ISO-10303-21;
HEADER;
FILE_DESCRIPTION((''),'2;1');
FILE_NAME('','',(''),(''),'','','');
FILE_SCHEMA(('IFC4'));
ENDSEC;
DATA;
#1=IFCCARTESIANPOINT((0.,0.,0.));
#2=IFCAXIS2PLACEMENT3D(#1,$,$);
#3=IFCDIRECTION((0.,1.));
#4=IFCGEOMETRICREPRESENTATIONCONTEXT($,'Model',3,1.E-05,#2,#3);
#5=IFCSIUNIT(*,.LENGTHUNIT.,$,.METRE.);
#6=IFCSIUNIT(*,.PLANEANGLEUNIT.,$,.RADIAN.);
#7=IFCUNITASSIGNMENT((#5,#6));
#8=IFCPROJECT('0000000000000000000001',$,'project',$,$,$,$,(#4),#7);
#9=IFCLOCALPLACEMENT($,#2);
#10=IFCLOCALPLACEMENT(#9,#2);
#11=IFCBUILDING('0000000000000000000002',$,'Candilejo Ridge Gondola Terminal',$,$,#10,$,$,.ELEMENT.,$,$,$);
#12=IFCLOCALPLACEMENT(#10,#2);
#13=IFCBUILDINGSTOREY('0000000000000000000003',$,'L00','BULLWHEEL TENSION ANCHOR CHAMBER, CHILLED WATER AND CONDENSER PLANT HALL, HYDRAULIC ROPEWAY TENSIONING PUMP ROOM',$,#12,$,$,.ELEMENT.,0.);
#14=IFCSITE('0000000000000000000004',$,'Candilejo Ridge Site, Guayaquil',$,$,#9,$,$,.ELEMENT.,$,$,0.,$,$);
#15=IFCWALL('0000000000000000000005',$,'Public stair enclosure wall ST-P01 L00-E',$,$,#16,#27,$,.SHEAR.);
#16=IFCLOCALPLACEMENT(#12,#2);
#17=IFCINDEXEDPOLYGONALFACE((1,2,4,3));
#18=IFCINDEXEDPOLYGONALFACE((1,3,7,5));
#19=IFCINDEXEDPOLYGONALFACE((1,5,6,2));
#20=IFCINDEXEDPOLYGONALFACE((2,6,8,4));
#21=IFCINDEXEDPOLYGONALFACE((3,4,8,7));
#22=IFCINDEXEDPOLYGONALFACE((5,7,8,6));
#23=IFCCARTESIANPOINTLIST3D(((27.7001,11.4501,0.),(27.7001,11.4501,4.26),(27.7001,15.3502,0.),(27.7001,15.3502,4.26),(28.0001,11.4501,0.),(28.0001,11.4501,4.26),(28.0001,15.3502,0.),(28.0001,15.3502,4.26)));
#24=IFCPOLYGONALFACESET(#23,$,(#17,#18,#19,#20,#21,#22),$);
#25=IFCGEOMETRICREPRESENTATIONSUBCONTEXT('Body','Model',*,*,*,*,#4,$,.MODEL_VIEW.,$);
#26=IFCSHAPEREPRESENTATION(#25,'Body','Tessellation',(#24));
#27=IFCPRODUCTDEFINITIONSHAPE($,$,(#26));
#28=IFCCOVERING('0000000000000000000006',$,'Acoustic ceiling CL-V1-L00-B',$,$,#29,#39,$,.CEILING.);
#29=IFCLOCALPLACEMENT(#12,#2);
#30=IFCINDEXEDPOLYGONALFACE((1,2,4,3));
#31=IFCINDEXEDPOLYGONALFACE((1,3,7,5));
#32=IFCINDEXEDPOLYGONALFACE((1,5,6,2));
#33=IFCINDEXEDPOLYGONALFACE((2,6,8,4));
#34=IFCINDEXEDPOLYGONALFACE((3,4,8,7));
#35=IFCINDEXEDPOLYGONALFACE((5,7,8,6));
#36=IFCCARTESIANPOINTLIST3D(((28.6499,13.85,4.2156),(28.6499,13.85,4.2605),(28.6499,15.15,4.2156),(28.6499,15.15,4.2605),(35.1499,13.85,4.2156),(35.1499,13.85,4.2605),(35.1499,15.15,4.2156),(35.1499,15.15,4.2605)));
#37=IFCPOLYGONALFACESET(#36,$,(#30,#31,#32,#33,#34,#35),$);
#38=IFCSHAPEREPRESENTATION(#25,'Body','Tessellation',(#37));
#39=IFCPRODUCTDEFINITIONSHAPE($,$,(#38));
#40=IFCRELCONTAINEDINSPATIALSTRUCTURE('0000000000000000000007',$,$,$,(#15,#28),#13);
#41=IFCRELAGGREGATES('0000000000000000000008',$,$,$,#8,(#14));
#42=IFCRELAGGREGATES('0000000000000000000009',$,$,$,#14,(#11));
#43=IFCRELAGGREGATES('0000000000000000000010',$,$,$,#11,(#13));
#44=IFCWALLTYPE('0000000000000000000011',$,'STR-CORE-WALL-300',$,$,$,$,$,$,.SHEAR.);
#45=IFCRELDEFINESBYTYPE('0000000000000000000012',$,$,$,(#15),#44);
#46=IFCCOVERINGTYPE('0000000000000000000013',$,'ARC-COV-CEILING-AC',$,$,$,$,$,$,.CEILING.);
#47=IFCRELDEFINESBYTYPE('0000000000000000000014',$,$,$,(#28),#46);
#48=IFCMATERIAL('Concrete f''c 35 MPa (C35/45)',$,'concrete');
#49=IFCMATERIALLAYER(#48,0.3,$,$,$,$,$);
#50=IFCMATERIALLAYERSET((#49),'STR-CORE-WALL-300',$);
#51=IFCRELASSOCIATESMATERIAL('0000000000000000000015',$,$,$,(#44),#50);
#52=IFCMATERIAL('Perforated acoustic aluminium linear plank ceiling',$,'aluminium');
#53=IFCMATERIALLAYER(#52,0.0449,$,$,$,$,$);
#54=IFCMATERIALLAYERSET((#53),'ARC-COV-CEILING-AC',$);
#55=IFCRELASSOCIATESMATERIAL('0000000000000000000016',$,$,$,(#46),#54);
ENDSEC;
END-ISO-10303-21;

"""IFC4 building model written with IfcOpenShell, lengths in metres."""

from ifc_helpers import new_model, si_unit, direction, frame, frame_2d, origin, origin_2d, place, context, subcontext, project, spatial, rectangle, extrude, material, layer, layer_set, type_object, element, save


model = new_model("IFC4")

# Units and contexts
model_context = context("Model", 3, precision=1e-05, world=origin(), true_north=direction((0.0, 1.0)))
body_context = subcontext(model_context, "Body", "Model", "MODEL_VIEW")
ifc_project = project(units=[si_unit("LENGTHUNIT", "METRE"), si_unit("PLANEANGLEUNIT", "RADIAN")], contexts=[model_context])

# Site, building, storey
site_placement = place(None, origin())
site = spatial("IfcSite", under=ifc_project, at=site_placement, Name="Candilejo Ridge Site, Guayaquil", CompositionType="ELEMENT", RefElevation=0.0)
building_placement = place(site_placement, origin())
building = spatial("IfcBuilding", under=site, at=building_placement, Name="Candilejo Ridge Gondola Terminal", CompositionType="ELEMENT")
storey_placement = place(building_placement, origin())
storey = spatial("IfcBuildingStorey", under=building, at=storey_placement, Name="L00", Description="BULLWHEEL TENSION ANCHOR CHAMBER, CHILLED WATER AND CONDENSER PLANT HALL, HYDRAULIC ROPEWAY TENSIONING PUMP ROOM", CompositionType="ELEMENT", Elevation=0.0)

# Wall
ifc_material_1 = material(Name="Concrete f'c 35 MPa (C35/45)", Category="concrete")
ifc_layer_1 = layer(ifc_material_1, 0.3)
ifc_layer_set_1 = layer_set([ifc_layer_1], Name="STR-CORE-WALL-300")
wall_type_1 = type_object("IfcWallType", Name="STR-CORE-WALL-300", PredefinedType="SHEAR", material=ifc_layer_set_1)
wall_1_placement = place(storey_placement, frame((27.8501, 11.45, 0.0), z_axis=(0.0, 0.0, 1.0), x_axis=(0.0, 1.0, 0.0)))
element("IfcWall", 1, at=wall_1_placement, inside=storey, type_object=wall_type_1, Name="Public stair enclosure wall ST-P01 L00-E", PredefinedType="SHEAR", context=body_context, shape_type="SweptSolid", body=[
    extrude(rectangle(XDim=3.9001, YDim=0.3, at=frame_2d((1.9502, 0.0))), origin(), (0.0, 0.0, 1.0), 4.26),
])

# Covering
ifc_material_2 = material(Name="Perforated acoustic aluminium linear plank ceiling", Category="aluminium")
ifc_layer_2 = layer(ifc_material_2, 0.0449)
ifc_layer_set_2 = layer_set([ifc_layer_2], Name="ARC-COV-CEILING-AC")
covering_type = type_object("IfcCoveringType", Name="ARC-COV-CEILING-AC", PredefinedType="CEILING", material=ifc_layer_set_2)
covering_placement = place(storey_placement, frame((31.8999, 14.5, 4.2156), z_axis=(0.0, 0.0, 1.0), x_axis=(1.0, 0.0, 0.0)))
element("IfcCovering", 2, at=covering_placement, inside=storey, type_object=covering_type, Name="Acoustic ceiling CL-V1-L00-B", PredefinedType="CEILING", context=body_context, shape_type="SweptSolid", body=[
    extrude(rectangle(XDim=6.5, YDim=1.3, at=origin_2d()), origin(), (0.0, 0.0, 1.0), 0.0449),
])

save(model, "model.ifc")
